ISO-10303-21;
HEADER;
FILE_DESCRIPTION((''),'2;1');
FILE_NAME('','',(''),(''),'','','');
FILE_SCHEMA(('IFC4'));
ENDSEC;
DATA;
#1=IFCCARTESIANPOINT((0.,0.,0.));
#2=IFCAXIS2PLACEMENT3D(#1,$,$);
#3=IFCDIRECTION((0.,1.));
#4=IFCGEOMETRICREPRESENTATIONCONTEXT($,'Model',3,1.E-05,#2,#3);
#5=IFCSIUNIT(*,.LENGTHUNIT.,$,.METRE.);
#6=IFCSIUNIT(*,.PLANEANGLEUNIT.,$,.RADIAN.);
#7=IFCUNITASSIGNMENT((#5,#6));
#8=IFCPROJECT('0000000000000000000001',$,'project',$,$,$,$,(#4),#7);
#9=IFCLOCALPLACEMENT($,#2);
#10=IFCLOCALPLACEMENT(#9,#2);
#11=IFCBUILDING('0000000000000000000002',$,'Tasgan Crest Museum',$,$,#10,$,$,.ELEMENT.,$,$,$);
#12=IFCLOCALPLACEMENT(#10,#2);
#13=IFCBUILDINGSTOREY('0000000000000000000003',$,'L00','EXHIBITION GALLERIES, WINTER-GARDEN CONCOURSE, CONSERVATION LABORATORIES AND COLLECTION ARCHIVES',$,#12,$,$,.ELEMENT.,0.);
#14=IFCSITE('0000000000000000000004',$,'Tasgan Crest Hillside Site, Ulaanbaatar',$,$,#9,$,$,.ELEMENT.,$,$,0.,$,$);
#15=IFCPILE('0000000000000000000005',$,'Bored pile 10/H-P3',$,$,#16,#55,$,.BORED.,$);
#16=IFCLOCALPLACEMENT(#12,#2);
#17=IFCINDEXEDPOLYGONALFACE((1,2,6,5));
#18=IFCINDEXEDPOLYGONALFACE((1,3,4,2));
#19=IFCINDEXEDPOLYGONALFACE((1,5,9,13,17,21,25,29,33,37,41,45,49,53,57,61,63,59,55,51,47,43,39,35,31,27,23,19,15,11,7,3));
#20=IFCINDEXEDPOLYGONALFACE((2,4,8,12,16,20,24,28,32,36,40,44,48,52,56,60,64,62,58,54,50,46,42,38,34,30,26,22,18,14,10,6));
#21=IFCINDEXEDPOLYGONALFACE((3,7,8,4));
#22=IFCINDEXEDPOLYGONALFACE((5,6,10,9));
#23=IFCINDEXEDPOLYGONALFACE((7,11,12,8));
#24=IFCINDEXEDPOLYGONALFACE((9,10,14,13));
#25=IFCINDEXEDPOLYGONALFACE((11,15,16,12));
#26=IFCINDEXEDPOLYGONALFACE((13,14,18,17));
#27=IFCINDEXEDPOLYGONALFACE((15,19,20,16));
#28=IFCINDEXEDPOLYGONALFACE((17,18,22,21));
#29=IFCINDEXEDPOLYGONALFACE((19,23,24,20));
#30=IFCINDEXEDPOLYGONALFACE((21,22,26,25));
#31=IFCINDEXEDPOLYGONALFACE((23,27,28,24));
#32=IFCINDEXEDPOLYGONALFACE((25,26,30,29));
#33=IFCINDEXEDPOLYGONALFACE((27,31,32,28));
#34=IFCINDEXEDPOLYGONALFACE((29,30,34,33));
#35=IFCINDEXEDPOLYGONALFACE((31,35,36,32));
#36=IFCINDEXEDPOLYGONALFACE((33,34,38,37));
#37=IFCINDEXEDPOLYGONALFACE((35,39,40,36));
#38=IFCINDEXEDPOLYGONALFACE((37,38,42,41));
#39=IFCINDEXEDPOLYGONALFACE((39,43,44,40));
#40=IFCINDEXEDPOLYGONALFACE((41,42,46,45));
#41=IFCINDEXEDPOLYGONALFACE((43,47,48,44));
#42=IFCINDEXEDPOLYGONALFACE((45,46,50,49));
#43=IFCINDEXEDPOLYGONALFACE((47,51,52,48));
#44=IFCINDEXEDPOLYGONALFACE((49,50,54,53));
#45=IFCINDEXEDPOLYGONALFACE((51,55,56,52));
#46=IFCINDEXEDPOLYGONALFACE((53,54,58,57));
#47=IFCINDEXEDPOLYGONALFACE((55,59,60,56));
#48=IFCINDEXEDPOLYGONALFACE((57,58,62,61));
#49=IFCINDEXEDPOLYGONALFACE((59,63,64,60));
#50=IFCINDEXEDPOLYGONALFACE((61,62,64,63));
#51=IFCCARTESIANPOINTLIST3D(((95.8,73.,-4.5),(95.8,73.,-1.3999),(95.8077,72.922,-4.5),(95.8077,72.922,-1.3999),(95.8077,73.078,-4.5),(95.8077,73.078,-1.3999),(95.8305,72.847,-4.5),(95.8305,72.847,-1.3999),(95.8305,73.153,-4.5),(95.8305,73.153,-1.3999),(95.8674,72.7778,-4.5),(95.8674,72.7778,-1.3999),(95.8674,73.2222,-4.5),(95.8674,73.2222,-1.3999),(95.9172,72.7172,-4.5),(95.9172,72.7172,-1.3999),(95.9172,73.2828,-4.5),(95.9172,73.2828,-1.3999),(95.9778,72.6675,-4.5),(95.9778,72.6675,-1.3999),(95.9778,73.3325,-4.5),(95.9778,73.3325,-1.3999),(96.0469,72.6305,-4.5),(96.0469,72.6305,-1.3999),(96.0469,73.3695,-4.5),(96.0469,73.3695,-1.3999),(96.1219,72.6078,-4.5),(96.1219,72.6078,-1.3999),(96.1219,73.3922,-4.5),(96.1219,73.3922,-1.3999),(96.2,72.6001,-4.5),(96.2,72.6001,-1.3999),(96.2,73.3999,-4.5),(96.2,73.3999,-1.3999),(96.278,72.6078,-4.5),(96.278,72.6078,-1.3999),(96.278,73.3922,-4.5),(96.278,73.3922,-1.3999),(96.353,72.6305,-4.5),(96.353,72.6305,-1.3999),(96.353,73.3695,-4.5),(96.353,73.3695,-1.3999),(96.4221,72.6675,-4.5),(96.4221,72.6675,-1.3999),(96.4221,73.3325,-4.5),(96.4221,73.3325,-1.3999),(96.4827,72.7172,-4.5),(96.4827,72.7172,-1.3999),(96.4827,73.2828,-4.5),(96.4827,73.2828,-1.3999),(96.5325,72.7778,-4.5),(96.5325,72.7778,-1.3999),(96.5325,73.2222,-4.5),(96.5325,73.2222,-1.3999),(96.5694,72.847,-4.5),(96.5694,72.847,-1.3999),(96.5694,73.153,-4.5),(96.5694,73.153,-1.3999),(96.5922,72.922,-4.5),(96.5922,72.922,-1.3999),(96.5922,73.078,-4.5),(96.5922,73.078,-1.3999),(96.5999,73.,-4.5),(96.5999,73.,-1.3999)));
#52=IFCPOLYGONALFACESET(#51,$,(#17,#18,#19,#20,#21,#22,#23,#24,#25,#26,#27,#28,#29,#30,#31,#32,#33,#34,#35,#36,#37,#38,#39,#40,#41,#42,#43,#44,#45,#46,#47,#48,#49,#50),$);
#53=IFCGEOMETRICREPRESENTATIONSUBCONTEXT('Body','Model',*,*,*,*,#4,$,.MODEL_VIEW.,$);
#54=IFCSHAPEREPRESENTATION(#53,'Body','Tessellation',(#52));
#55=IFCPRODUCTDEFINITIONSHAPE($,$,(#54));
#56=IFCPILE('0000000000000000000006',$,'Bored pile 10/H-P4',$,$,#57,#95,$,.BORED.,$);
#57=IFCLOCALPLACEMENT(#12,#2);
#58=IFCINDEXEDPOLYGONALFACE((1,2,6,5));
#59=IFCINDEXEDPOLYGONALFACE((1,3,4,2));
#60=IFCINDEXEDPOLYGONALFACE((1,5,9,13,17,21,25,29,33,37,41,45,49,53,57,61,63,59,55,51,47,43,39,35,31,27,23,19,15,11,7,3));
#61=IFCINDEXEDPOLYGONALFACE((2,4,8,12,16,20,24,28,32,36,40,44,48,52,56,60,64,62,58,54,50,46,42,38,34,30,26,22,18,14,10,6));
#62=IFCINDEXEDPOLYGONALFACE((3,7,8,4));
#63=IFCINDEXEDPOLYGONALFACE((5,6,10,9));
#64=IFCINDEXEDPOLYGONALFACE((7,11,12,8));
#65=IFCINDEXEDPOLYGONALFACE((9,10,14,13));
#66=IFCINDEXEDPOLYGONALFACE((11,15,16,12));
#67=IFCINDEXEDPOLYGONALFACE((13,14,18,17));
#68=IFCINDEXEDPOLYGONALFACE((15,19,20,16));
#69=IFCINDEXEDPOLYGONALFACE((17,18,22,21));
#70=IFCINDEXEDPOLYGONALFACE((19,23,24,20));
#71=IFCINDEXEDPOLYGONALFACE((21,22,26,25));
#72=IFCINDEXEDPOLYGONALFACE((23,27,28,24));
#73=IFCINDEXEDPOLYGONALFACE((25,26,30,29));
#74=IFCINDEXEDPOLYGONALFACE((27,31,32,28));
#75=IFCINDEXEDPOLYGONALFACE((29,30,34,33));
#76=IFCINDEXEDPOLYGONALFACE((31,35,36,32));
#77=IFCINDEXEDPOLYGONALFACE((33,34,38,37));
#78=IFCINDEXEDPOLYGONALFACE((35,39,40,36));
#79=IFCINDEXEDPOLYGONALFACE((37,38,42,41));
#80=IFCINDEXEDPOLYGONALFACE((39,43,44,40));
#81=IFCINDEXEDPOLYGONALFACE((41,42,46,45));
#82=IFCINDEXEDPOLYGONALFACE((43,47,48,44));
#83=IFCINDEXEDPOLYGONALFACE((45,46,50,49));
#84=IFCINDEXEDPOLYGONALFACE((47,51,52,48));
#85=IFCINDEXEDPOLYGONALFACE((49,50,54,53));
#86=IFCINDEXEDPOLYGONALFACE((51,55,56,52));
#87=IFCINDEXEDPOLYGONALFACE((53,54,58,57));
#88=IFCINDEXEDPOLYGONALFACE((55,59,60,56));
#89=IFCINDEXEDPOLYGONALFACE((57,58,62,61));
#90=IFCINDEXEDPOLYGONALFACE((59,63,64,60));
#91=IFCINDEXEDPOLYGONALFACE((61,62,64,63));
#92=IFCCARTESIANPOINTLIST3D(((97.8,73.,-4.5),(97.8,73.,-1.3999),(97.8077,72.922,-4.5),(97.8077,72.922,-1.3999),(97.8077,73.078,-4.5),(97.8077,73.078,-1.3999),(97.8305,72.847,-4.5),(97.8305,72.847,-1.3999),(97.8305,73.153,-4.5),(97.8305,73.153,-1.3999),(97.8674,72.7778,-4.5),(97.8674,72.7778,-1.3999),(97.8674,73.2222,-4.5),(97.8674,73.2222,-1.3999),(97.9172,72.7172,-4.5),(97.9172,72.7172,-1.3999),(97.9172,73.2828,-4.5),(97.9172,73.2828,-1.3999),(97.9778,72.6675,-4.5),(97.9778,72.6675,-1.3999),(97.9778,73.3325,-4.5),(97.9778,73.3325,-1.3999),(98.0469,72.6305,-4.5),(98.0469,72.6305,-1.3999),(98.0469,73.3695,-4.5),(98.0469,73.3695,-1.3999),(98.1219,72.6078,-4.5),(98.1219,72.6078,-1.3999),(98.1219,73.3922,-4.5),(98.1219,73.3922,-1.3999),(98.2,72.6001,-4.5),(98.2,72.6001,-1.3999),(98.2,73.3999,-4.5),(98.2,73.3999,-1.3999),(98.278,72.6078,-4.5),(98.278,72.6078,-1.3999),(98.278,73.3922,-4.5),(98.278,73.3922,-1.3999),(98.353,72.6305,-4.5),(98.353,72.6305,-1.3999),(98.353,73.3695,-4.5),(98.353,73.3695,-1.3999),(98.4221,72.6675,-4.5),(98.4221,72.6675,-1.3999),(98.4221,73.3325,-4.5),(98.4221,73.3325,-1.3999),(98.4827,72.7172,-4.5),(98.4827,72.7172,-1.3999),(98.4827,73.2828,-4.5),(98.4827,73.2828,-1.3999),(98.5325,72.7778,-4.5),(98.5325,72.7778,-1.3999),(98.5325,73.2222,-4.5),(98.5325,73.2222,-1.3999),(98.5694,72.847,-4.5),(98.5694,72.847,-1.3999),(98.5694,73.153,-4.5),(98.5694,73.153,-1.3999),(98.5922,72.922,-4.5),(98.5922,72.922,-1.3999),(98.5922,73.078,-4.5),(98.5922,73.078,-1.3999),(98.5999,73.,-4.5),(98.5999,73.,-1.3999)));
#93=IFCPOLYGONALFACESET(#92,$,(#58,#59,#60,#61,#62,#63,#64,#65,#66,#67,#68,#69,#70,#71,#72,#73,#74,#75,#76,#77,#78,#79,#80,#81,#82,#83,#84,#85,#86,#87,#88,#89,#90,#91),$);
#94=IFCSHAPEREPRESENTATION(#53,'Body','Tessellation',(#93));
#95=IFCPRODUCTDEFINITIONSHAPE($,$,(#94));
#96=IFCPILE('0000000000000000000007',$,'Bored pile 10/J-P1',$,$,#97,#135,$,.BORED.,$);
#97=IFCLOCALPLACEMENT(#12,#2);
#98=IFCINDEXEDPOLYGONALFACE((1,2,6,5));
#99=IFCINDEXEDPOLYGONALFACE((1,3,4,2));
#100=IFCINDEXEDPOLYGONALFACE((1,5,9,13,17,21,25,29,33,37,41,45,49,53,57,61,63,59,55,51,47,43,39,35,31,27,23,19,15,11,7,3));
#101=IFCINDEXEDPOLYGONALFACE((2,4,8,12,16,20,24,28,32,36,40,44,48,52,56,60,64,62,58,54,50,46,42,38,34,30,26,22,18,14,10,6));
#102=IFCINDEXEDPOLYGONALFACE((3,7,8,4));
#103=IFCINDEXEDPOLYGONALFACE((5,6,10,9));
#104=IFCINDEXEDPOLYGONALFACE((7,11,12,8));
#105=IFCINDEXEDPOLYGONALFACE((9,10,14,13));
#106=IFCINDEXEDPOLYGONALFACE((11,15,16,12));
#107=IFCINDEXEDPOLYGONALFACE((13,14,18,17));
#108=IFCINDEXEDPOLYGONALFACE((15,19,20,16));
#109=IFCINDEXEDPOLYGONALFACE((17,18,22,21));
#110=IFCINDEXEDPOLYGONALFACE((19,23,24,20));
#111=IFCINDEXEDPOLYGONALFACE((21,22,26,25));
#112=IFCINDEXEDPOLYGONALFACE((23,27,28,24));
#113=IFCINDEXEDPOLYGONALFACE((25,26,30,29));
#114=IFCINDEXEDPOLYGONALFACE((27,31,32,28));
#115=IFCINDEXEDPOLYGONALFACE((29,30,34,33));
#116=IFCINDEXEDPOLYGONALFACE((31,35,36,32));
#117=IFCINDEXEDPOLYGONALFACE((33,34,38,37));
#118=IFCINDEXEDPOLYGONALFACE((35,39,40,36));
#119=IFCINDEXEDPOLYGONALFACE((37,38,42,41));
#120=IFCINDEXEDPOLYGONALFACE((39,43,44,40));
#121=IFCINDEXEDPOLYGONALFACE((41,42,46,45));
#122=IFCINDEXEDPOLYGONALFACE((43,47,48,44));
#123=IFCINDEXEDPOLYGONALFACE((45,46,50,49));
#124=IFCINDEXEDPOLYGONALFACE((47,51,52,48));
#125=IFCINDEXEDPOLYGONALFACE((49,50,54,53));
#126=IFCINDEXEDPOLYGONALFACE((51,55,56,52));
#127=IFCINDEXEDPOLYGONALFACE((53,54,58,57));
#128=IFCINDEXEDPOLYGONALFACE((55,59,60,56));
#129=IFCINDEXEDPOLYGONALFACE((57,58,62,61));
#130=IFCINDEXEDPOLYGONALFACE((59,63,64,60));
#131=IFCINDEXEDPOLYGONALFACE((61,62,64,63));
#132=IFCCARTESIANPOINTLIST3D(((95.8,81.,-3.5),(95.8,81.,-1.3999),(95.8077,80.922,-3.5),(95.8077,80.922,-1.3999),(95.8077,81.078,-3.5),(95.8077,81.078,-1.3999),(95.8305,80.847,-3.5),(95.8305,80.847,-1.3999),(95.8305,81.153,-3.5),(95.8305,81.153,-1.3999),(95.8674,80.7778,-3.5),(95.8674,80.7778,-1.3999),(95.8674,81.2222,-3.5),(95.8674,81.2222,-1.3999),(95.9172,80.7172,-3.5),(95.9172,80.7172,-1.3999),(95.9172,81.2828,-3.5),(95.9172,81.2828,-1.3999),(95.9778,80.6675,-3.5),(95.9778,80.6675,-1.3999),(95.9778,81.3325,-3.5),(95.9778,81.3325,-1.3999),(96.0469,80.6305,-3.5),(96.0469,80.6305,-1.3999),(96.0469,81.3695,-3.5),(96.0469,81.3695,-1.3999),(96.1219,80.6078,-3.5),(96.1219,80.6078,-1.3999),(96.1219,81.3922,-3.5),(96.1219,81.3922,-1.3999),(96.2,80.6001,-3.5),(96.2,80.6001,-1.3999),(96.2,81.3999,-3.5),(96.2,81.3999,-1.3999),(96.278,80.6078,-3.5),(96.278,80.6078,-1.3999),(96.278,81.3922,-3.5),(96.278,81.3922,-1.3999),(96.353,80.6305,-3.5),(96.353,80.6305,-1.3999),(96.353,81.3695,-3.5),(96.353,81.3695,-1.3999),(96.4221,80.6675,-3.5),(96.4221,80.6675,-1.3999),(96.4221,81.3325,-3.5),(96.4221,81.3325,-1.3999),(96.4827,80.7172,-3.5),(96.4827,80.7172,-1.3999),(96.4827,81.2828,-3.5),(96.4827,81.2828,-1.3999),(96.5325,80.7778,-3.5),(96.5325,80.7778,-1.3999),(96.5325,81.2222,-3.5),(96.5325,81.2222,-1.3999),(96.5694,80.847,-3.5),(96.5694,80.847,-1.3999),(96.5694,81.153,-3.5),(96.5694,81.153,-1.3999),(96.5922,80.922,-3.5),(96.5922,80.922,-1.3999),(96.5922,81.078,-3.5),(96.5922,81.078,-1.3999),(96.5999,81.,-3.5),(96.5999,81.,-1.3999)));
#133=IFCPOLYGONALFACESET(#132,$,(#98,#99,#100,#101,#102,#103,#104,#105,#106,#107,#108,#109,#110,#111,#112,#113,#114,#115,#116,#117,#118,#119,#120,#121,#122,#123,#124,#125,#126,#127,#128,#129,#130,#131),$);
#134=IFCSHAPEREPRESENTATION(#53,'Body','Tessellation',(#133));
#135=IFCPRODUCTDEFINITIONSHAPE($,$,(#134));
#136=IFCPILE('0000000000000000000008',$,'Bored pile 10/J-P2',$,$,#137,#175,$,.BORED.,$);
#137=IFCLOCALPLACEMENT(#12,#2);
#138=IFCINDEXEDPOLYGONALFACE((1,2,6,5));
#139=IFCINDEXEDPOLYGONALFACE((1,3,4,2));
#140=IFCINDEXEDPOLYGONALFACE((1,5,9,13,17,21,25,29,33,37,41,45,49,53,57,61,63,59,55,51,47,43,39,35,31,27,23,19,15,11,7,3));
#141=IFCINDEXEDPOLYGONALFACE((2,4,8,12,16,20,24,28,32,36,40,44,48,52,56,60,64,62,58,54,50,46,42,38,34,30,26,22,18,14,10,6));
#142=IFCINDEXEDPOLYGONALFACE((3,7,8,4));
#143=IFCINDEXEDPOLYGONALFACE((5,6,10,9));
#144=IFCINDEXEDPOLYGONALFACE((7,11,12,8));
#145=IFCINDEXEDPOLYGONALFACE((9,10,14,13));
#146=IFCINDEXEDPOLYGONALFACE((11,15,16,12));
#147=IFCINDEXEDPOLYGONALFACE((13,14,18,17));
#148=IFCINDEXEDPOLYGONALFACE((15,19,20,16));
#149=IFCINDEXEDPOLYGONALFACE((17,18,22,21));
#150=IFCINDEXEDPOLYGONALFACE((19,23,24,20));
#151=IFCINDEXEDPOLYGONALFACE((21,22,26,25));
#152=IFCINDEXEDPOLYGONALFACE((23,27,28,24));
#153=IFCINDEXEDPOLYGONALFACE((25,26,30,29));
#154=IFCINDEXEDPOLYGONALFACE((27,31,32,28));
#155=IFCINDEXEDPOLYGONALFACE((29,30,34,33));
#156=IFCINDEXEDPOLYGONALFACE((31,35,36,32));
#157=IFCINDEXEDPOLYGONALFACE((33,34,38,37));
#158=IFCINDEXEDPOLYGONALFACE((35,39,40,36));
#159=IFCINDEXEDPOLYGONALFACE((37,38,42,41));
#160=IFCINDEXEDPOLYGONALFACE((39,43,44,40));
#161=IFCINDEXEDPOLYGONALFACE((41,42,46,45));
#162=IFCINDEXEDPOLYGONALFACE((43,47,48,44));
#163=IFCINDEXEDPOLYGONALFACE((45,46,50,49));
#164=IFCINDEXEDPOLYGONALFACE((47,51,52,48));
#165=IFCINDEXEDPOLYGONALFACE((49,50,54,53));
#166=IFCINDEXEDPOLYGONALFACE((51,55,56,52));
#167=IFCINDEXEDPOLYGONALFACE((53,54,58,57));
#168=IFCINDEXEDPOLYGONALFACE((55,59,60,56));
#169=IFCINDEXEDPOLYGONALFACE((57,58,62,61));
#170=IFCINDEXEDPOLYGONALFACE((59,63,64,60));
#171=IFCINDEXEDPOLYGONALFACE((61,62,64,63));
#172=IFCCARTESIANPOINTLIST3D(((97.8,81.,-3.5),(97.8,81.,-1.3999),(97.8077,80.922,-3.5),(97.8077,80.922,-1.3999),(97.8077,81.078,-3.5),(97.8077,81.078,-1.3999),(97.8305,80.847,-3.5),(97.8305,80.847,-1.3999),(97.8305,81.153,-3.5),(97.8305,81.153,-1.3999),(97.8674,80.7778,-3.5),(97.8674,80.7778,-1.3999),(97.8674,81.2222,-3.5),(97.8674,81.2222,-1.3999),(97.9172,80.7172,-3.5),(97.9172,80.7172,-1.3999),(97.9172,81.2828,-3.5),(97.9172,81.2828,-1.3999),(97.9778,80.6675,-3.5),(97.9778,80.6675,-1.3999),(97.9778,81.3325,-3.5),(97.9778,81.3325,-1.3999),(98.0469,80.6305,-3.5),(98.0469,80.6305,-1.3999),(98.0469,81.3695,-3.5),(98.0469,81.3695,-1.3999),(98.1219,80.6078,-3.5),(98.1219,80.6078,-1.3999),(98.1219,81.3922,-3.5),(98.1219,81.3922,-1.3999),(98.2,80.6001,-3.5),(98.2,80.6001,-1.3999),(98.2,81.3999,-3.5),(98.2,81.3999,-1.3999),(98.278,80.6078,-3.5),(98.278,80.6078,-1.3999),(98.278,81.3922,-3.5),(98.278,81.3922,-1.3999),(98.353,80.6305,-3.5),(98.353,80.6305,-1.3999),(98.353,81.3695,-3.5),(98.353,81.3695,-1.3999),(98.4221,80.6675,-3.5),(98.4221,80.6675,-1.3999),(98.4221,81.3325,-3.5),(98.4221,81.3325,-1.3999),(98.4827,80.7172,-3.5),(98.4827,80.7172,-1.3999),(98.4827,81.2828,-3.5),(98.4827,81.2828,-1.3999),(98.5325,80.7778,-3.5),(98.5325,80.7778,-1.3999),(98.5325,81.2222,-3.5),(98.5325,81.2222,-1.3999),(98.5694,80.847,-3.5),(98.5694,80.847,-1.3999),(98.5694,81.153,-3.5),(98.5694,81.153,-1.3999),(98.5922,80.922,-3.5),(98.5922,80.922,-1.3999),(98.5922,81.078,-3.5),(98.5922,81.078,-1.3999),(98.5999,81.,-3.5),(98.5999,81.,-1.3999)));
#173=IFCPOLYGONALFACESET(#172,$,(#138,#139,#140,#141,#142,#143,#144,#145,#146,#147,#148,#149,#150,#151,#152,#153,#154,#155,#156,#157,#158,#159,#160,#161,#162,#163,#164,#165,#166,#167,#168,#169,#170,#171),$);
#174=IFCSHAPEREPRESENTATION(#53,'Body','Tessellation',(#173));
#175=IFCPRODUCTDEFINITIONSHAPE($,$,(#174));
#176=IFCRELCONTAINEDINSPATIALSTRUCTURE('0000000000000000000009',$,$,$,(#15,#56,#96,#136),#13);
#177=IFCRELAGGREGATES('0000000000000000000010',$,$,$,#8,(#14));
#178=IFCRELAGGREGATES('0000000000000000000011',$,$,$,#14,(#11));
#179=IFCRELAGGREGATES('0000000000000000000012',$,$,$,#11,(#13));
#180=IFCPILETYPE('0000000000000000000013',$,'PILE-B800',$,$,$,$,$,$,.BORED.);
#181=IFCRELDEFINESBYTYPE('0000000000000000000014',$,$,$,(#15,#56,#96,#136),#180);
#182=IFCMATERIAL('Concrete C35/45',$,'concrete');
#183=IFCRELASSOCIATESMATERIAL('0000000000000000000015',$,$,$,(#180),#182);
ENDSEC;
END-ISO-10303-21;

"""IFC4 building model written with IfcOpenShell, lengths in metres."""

from ifc_helpers import new_model, si_unit, direction, frame, origin, origin_2d, place, context, subcontext, project, spatial, circle, extrude, material, material_profile, profile_set, type_object, element, save


model = new_model("IFC4")

# Units and contexts
model_context = context("Model", 3, precision=1e-05, world=origin(), true_north=direction((0.0, 1.0)))
body_context = subcontext(model_context, "Body", "Model", "MODEL_VIEW")
ifc_project = project(units=[si_unit("LENGTHUNIT", "METRE"), si_unit("PLANEANGLEUNIT", "RADIAN")], contexts=[model_context])

# Site, building, storey
site_placement = place(None, origin())
site = spatial("IfcSite", under=ifc_project, at=site_placement, Name="Tasgan Crest Hillside Site, Ulaanbaatar", CompositionType="ELEMENT", RefElevation=0.0)
building_placement = place(site_placement, origin())
building = spatial("IfcBuilding", under=site, at=building_placement, Name="Tasgan Crest Museum", CompositionType="ELEMENT")
storey_placement = place(building_placement, origin())
storey = spatial("IfcBuildingStorey", under=building, at=storey_placement, Name="L00", Description="EXHIBITION GALLERIES, WINTER-GARDEN CONCOURSE, CONSERVATION LABORATORIES AND COLLECTION ARCHIVES", CompositionType="ELEMENT", Elevation=0.0)

# Piles
ifc_material_1 = material(Name="Concrete C35/45", Category="concrete")
ifc_material_profile_1 = material_profile(ifc_material_1, circle(Radius=0.3999, at=origin_2d()), Name="PILE D800")
ifc_profile_set_1 = profile_set([ifc_material_profile_1], Name="Concrete C35/45")
pile_type_1 = type_object("IfcPileType", Name="PILE-B800", PredefinedType="BORED", material=ifc_profile_set_1)
for number, where, z_axis, x_axis, name in (
    (1, (96.2, 73.0, -1.3999), (0.0, 0.0, -1.0), (1.0, 0.0, 0.0), "Bored pile 10/H-P3"),
    (2, (98.2, 73.0, -1.3999), (0.0, 0.0, -1.0), (1.0, 0.0, 0.0), "Bored pile 10/H-P4"),
):
    element("IfcPile", number, at=place(storey_placement, frame(where, z_axis=z_axis, x_axis=x_axis)), inside=storey, type_object=pile_type_1, Name=name, PredefinedType="BORED", context=body_context, shape_type="SweptSolid", body=[
        extrude(circle(Radius=0.3999, at=origin_2d()), origin(), (0.0, 0.0, 1.0), 3.1001),
    ])
for number, where, z_axis, x_axis, name in (
    (3, (96.2, 81.0, -1.3999), (0.0, 0.0, -1.0), (1.0, 0.0, 0.0), "Bored pile 10/J-P1"),
    (4, (98.2, 81.0, -1.3999), (0.0, 0.0, -1.0), (1.0, 0.0, 0.0), "Bored pile 10/J-P2"),
):
    element("IfcPile", number, at=place(storey_placement, frame(where, z_axis=z_axis, x_axis=x_axis)), inside=storey, type_object=pile_type_1, Name=name, PredefinedType="BORED", context=body_context, shape_type="SweptSolid", body=[
        extrude(circle(Radius=0.3999, at=origin_2d()), origin(), (0.0, 0.0, 1.0), 2.1001),
    ])

save(model, "model.ifc")
